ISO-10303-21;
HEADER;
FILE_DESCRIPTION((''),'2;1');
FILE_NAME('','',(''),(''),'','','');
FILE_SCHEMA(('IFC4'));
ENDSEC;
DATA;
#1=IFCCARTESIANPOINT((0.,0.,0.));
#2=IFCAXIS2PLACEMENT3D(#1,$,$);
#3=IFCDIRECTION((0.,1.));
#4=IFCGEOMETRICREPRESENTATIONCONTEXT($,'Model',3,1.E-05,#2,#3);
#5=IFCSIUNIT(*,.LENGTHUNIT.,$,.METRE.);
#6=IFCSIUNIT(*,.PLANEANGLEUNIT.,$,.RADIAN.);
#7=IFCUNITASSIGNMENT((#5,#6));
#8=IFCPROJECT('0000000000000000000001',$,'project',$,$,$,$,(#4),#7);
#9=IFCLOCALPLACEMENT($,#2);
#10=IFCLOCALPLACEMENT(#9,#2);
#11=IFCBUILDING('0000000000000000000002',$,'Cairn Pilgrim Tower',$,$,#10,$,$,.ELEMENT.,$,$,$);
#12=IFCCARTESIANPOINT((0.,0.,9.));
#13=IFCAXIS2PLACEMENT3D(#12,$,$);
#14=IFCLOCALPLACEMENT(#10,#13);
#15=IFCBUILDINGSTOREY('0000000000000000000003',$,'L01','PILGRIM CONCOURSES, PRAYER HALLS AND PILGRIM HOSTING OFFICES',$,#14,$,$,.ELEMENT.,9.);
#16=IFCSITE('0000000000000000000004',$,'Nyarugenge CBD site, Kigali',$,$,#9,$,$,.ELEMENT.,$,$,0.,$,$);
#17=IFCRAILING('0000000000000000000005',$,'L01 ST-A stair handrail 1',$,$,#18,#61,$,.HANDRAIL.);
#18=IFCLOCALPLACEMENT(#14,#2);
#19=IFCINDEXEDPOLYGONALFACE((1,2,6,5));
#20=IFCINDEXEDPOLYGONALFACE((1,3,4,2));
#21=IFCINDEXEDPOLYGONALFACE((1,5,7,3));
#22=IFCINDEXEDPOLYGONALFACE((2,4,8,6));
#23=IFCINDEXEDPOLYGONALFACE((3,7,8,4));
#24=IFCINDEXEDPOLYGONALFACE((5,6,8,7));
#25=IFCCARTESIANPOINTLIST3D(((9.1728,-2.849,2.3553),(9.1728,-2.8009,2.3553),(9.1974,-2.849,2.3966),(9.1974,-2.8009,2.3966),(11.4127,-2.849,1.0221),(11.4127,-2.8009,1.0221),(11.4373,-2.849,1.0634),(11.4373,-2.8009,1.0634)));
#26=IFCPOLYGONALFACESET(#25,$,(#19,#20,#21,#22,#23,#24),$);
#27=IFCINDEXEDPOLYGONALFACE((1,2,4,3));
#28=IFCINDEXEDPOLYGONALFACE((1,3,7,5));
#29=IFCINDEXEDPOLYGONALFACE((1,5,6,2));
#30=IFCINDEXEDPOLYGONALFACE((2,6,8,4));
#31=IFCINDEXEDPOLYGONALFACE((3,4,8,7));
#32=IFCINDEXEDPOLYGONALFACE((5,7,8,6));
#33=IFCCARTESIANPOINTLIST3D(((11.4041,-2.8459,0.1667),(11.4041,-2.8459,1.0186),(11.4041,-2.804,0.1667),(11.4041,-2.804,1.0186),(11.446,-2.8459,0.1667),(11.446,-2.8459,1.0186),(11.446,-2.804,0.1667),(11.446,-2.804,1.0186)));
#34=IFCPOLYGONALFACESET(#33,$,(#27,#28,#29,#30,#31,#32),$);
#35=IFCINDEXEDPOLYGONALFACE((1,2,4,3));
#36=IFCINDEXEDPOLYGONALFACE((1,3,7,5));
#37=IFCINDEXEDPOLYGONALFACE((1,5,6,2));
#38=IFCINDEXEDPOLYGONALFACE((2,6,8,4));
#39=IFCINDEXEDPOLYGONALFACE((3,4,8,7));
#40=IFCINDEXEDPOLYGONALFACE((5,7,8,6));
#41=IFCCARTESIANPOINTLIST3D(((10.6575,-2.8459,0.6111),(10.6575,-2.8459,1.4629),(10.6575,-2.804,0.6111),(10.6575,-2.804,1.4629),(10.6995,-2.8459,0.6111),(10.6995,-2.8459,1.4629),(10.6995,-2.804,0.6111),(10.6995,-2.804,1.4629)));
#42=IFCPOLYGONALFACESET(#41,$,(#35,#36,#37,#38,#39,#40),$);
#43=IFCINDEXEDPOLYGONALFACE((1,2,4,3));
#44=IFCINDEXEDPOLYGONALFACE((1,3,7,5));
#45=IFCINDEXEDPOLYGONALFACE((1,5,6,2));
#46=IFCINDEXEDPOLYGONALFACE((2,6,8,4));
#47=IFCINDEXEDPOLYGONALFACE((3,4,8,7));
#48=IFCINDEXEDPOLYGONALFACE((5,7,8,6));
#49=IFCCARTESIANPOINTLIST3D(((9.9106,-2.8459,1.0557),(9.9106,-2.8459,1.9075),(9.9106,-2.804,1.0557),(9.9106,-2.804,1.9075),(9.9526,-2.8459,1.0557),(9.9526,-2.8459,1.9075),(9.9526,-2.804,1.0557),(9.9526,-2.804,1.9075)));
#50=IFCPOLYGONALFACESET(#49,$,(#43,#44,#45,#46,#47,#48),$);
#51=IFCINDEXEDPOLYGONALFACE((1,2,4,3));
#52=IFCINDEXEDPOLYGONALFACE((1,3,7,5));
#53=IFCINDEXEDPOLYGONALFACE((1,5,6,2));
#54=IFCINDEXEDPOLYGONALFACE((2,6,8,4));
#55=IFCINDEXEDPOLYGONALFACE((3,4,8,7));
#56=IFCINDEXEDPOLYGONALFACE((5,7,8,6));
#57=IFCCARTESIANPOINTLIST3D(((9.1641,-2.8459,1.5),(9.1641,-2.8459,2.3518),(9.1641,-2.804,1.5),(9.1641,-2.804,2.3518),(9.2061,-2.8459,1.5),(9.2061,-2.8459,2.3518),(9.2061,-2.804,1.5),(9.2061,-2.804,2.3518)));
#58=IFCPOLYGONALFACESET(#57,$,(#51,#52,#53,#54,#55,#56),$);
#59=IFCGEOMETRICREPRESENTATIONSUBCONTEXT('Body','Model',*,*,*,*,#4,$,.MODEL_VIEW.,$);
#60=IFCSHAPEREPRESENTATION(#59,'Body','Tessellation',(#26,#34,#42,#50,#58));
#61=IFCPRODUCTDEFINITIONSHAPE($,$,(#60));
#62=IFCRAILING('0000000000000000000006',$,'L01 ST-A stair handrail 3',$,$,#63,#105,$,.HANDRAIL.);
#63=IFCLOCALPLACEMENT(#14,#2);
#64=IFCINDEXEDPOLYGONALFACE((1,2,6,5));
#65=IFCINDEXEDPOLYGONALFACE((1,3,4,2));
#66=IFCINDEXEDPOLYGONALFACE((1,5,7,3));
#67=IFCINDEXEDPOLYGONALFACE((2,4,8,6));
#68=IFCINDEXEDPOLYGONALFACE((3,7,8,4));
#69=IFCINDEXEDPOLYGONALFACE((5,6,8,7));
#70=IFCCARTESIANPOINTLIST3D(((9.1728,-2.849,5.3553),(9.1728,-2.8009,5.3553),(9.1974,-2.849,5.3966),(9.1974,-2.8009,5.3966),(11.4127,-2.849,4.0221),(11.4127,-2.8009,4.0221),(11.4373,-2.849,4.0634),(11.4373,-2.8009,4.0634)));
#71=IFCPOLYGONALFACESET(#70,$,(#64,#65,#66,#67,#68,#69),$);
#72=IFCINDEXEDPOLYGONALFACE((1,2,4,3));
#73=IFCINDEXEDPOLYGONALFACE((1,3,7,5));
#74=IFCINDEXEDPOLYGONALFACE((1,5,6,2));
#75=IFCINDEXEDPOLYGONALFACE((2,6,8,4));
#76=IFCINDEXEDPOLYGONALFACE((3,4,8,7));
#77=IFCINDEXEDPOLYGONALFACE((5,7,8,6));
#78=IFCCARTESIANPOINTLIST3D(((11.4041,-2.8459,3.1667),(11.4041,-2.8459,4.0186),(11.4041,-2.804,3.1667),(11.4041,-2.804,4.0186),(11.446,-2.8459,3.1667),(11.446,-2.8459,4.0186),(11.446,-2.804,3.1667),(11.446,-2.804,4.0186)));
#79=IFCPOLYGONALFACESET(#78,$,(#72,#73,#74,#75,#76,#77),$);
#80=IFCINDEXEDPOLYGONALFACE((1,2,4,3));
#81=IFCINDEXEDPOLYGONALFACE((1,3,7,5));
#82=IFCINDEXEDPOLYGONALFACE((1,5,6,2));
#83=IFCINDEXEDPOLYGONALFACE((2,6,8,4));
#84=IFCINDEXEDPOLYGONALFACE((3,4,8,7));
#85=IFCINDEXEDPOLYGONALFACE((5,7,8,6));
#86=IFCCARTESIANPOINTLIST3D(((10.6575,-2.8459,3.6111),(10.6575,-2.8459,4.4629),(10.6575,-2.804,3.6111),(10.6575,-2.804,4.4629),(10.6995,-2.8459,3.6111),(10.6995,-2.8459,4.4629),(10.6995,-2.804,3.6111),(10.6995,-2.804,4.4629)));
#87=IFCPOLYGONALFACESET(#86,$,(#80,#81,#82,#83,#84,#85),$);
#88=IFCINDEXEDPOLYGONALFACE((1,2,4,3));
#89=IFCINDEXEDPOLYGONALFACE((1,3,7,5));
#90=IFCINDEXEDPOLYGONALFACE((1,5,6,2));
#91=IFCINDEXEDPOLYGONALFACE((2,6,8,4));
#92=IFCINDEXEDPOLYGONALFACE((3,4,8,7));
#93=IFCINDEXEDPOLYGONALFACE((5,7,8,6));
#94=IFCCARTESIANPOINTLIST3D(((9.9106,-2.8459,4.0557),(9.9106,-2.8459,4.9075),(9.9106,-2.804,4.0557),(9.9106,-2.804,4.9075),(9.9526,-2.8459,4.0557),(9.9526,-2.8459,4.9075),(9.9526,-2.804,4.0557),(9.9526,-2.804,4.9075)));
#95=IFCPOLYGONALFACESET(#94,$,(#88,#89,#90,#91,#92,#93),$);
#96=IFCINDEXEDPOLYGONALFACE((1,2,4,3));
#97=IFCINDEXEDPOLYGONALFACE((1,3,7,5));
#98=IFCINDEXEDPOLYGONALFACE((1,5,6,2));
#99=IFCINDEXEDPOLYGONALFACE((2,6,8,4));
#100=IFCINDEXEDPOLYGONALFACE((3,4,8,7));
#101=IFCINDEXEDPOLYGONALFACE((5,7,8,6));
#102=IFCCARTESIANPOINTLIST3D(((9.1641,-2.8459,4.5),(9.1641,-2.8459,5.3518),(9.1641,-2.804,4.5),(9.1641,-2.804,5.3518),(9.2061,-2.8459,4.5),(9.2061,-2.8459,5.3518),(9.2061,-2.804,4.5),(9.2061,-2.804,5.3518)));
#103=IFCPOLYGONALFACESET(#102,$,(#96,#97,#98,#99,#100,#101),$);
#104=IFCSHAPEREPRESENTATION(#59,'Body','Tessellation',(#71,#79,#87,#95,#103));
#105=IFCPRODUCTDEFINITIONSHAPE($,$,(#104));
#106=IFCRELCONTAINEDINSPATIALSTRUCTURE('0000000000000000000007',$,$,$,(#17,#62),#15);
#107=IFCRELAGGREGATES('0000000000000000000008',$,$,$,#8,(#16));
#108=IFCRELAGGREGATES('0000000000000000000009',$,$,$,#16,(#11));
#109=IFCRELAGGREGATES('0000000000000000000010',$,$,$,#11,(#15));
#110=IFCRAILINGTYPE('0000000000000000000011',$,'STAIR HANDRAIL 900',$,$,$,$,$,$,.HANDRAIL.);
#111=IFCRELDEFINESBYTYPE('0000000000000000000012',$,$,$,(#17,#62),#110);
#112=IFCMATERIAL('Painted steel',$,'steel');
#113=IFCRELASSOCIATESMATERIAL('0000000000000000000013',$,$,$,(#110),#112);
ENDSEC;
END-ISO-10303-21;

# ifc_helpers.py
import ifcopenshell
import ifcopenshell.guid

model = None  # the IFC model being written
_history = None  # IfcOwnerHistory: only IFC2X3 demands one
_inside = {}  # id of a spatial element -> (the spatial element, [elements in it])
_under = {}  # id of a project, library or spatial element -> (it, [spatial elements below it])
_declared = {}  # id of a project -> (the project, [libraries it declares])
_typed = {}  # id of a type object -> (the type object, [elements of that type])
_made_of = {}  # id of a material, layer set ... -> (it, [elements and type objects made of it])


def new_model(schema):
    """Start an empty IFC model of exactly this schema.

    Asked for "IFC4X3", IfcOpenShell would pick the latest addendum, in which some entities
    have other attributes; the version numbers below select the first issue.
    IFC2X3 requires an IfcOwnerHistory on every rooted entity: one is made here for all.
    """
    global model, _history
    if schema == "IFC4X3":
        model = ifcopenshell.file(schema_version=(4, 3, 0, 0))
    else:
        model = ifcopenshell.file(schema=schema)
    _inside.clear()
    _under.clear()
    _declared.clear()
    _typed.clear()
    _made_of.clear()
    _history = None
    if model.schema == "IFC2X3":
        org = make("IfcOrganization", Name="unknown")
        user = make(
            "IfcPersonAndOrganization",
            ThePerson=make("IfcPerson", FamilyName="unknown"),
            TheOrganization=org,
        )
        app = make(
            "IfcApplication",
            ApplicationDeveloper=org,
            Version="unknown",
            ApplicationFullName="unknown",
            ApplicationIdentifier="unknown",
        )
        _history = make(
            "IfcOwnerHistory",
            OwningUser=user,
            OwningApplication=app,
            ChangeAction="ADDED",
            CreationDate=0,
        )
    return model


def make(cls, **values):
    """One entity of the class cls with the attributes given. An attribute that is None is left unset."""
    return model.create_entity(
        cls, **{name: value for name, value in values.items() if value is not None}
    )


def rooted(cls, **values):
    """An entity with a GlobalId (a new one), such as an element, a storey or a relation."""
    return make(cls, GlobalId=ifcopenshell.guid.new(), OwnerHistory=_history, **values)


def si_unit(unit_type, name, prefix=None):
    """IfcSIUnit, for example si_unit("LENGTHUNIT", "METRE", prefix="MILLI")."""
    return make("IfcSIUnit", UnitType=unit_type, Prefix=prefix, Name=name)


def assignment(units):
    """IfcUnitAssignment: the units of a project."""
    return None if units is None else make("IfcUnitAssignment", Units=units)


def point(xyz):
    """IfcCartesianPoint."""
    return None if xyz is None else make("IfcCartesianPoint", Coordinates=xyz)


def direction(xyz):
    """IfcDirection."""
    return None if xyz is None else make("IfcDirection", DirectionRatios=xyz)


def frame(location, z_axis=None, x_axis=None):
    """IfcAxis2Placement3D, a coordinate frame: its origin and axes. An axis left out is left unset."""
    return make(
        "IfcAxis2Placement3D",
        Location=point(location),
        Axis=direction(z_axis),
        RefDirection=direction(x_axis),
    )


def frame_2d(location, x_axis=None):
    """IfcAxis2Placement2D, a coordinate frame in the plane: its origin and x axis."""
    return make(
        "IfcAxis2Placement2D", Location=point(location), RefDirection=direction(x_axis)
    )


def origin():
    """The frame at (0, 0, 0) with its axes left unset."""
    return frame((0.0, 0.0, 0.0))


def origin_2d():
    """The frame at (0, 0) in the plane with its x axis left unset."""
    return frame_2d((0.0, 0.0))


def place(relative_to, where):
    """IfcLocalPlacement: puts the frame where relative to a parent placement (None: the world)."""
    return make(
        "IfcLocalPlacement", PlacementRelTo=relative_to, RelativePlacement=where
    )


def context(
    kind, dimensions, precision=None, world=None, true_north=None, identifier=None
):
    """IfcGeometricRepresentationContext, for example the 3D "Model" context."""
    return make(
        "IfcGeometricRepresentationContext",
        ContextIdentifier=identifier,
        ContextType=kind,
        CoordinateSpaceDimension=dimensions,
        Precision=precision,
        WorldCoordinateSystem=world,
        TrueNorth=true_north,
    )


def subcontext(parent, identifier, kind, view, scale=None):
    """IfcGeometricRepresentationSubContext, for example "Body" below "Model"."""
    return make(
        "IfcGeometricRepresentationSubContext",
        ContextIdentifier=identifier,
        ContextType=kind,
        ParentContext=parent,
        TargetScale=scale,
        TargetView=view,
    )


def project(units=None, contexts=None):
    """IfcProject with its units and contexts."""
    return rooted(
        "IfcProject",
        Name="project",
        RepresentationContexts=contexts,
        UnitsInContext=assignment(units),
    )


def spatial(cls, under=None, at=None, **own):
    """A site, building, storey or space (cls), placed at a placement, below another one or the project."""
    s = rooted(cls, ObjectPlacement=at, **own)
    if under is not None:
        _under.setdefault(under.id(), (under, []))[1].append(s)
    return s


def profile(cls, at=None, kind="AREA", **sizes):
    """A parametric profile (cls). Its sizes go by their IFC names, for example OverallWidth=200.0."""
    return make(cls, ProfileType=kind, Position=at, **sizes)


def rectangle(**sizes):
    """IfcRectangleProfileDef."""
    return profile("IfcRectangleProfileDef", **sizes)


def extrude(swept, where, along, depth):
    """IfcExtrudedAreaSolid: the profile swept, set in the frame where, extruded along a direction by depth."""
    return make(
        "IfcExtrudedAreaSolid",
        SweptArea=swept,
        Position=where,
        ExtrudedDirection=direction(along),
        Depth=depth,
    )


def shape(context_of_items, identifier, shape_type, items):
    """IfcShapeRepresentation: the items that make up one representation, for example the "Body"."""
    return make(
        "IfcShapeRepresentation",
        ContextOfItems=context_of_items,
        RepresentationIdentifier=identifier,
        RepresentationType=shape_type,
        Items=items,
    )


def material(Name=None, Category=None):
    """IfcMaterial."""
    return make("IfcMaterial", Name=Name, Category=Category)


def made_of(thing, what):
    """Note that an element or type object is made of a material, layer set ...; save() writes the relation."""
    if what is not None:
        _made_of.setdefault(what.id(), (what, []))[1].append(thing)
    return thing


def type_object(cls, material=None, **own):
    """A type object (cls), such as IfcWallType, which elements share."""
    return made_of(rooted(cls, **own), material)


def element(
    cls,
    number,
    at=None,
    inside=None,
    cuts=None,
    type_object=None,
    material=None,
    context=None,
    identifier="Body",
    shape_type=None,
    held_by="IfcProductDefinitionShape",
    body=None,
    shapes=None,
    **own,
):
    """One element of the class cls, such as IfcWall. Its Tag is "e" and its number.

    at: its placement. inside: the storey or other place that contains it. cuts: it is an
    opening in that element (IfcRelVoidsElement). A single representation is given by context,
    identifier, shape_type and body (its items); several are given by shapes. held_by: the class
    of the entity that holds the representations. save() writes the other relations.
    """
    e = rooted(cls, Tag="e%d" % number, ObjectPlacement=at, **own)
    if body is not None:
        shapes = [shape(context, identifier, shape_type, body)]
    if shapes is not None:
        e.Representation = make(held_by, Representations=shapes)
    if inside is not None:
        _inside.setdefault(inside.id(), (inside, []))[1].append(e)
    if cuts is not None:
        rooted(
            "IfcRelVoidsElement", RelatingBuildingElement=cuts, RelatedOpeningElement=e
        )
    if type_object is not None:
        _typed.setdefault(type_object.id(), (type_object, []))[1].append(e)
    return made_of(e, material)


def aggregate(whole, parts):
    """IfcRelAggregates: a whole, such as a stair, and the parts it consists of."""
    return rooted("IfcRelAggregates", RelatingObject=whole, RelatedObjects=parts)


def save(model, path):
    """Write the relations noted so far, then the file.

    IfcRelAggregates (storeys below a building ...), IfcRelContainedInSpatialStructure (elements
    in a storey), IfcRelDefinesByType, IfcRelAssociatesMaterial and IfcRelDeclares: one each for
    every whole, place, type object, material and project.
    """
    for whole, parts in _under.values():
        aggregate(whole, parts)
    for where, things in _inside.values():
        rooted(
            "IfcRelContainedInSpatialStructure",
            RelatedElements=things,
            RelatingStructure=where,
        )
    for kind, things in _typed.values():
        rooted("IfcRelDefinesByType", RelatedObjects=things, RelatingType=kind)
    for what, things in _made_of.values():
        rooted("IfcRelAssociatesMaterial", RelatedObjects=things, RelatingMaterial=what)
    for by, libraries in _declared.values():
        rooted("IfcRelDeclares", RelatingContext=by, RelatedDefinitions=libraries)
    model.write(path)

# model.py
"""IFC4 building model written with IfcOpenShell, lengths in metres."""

from ifc_helpers import new_model, si_unit, direction, frame, origin, origin_2d, place, context, subcontext, project, spatial, rectangle, extrude, material, type_object, element, save


model = new_model("IFC4")

# Units and contexts
model_context = context("Model", 3, precision=1e-05, world=origin(), true_north=direction((0.0, 1.0)))
body_context = subcontext(model_context, "Body", "Model", "MODEL_VIEW")
ifc_project = project(units=[si_unit("LENGTHUNIT", "METRE"), si_unit("PLANEANGLEUNIT", "RADIAN")], contexts=[model_context])

# Site, building, storey
site_placement = place(None, origin())
site = spatial("IfcSite", under=ifc_project, at=site_placement, Name="Nyarugenge CBD site, Kigali", CompositionType="ELEMENT", RefElevation=0.0)
building_placement = place(site_placement, origin())
building = spatial("IfcBuilding", under=site, at=building_placement, Name="Cairn Pilgrim Tower", CompositionType="ELEMENT")
storey_placement = place(building_placement, frame((0.0, 0.0, 9.0)))
storey = spatial("IfcBuildingStorey", under=building, at=storey_placement, Name="L01", Description="PILGRIM CONCOURSES, PRAYER HALLS AND PILGRIM HOSTING OFFICES", CompositionType="ELEMENT", Elevation=9.0)

# Shared definitions
ifc_material_1 = material(Name="Painted steel", Category="steel")

# Railings
railing_type_1 = type_object("IfcRailingType", Name="STAIR HANDRAIL 900", PredefinedType="HANDRAIL", material=ifc_material_1)
for number, where, name in (
    (1, (11.425, -2.825, 0.1667), "L01 ST-A stair handrail 1"),
    (2, (11.425, -2.825, 3.1667), "L01 ST-A stair handrail 3"),
):
    element("IfcRailing", number, at=place(storey_placement, frame(where)), inside=storey, type_object=railing_type_1, Name=name, PredefinedType="HANDRAIL", context=body_context, shape_type="SweptSolid", body=[
        extrude(rectangle(XDim=0.0481, YDim=0.0481, at=origin_2d()), frame((0.0, 0.0, 0.876), z_axis=(-0.859306, 0.0, 0.511462), x_axis=(0.0, -1.0, 0.0)), (0.0, 0.0, 1.0), 2.6067),
        extrude(rectangle(XDim=0.042, YDim=0.042, at=origin_2d()), origin(), (0.0, 0.0, 1.0), 0.8518),
        extrude(rectangle(XDim=0.042, YDim=0.042, at=origin_2d()), frame((-0.7466, 0.0, 0.4443)), (0.0, 0.0, 1.0), 0.8518),
        extrude(rectangle(XDim=0.042, YDim=0.042, at=origin_2d()), frame((-1.4934, 0.0, 0.8889)), (0.0, 0.0, 1.0), 0.8518),
        extrude(rectangle(XDim=0.042, YDim=0.042, at=origin_2d()), frame((-2.24, 0.0, 1.3333)), (0.0, 0.0, 1.0), 0.8518),
    ])

save(model, "model.ifc")
